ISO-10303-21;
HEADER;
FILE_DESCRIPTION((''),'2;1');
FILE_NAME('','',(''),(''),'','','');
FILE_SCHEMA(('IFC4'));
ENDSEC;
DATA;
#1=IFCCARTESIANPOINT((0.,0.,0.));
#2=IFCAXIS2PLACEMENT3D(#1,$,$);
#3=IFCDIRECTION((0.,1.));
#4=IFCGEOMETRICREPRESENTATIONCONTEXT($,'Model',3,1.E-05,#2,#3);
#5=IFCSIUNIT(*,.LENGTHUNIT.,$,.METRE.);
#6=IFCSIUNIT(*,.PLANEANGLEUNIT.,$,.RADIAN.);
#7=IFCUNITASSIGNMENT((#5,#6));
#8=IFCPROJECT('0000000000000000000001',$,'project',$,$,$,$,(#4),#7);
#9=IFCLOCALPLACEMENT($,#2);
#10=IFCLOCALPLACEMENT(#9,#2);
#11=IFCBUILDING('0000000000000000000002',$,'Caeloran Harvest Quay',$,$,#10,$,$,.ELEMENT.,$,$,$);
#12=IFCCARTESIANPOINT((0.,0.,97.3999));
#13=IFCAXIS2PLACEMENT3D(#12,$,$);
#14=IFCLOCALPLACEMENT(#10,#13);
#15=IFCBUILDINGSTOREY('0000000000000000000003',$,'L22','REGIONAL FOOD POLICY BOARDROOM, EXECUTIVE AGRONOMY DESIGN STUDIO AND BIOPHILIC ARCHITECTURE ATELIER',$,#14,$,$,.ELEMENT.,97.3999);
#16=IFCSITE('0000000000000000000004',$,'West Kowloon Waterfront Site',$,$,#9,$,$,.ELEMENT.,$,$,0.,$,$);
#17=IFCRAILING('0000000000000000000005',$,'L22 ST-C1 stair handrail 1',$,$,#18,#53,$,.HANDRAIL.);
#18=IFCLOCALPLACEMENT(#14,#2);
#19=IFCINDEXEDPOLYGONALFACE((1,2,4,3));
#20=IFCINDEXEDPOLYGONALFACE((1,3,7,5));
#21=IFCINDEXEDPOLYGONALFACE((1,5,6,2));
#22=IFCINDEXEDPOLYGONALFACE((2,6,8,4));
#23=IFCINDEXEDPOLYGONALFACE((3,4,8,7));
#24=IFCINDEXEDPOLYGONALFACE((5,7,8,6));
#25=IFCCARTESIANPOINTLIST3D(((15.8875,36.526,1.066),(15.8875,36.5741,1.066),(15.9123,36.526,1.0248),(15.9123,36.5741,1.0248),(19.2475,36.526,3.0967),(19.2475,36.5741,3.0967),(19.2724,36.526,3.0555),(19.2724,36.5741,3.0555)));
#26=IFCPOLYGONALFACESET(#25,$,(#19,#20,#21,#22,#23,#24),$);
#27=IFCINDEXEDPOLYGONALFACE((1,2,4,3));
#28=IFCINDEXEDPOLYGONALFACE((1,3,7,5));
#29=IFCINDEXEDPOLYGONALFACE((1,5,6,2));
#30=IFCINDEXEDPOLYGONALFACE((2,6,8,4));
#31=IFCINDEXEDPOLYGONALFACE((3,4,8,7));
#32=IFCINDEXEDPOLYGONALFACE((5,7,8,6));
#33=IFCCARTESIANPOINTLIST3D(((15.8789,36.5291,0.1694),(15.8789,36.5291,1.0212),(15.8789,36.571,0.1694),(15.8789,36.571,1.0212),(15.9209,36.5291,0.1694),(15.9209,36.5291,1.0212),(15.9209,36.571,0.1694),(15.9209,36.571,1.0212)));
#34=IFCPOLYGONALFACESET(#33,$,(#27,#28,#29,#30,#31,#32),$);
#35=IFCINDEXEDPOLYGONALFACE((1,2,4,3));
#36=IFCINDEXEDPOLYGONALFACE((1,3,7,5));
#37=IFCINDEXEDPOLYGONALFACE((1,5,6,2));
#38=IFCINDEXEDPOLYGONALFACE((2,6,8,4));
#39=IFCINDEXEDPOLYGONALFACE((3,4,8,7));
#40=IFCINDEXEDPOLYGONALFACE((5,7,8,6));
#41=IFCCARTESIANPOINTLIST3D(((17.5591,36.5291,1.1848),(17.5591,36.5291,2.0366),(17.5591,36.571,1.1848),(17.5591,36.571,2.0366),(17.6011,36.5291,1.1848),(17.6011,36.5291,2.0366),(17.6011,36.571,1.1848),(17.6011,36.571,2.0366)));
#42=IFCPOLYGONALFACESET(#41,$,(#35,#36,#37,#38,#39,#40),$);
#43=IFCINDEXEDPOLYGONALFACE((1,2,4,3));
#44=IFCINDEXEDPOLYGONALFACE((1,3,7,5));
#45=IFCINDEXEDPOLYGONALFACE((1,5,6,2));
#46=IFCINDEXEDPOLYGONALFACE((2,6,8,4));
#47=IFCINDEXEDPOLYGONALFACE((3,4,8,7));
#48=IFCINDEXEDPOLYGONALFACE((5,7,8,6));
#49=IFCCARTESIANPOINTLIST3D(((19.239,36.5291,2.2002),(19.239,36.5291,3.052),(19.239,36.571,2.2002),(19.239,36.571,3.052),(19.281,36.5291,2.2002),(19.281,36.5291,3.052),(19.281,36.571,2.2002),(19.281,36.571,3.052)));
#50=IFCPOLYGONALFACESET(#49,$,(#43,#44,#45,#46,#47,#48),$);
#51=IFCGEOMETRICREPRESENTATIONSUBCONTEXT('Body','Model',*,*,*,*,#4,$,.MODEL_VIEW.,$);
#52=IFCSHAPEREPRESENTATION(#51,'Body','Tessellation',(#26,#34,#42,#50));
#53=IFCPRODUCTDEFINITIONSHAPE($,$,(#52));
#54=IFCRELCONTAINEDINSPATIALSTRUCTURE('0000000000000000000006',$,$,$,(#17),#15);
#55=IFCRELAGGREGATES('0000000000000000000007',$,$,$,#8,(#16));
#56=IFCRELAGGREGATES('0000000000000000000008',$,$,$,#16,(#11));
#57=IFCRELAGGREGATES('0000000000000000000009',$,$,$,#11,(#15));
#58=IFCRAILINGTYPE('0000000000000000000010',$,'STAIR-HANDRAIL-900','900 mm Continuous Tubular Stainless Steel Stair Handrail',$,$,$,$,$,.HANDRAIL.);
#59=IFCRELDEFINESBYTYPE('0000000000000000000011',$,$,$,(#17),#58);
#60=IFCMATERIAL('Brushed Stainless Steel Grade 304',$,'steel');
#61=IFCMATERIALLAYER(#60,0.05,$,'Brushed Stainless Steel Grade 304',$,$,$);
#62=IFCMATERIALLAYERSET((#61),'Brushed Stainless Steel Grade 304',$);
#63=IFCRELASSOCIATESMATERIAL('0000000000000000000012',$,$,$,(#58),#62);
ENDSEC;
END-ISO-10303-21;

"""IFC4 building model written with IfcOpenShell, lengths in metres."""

from ifc_helpers import new_model, si_unit, direction, frame, origin, origin_2d, place, context, subcontext, project, spatial, rectangle, extrude, material, layer, layer_set, type_object, element, save


model = new_model("IFC4")

# Units and contexts
model_context = context("Model", 3, precision=1e-05, world=origin(), true_north=direction((0.0, 1.0)))
body_context = subcontext(model_context, "Body", "Model", "MODEL_VIEW")
ifc_project = project(units=[si_unit("LENGTHUNIT", "METRE"), si_unit("PLANEANGLEUNIT", "RADIAN")], contexts=[model_context])

# Site, building, storey
site_placement = place(None, origin())
site = spatial("IfcSite", under=ifc_project, at=site_placement, Name="West Kowloon Waterfront Site", CompositionType="ELEMENT", RefElevation=0.0)
building_placement = place(site_placement, origin())
building = spatial("IfcBuilding", under=site, at=building_placement, Name="Caeloran Harvest Quay", CompositionType="ELEMENT")
storey_placement = place(building_placement, frame((0.0, 0.0, 97.3999)))
storey = spatial("IfcBuildingStorey", under=building, at=storey_placement, Name="L22", Description="REGIONAL FOOD POLICY BOARDROOM, EXECUTIVE AGRONOMY DESIGN STUDIO AND BIOPHILIC ARCHITECTURE ATELIER", CompositionType="ELEMENT", Elevation=97.3999)

# Railing
ifc_material_1 = material(Name="Brushed Stainless Steel Grade 304", Category="steel")
ifc_layer_1 = layer(ifc_material_1, 0.05, Name="Brushed Stainless Steel Grade 304")
ifc_layer_set_1 = layer_set([ifc_layer_1], Name="Brushed Stainless Steel Grade 304")
railing_type_1 = type_object("IfcRailingType", Name="STAIR-HANDRAIL-900", Description="900 mm Continuous Tubular Stainless Steel Stair Handrail", PredefinedType="HANDRAIL", material=ifc_layer_set_1)
railing_1_placement = place(storey_placement, frame((15.8999, 36.55, 0.1694)))
element("IfcRailing", 1, at=railing_1_placement, inside=storey, type_object=railing_type_1, Name="L22 ST-C1 stair handrail 1", PredefinedType="HANDRAIL", context=body_context, shape_type="SweptSolid", body=[
    extrude(rectangle(XDim=0.0481, YDim=0.0481, at=origin_2d()), frame((0.0, 0.0, 0.876), z_axis=(0.855837, 0.0, 0.517246), x_axis=(0.0, 1.0, 0.0)), (0.0, 0.0, 1.0), 3.926),
    extrude(rectangle(XDim=0.042, YDim=0.042, at=origin_2d()), origin(), (0.0, 0.0, 1.0), 0.8518),
    extrude(rectangle(XDim=0.042, YDim=0.042, at=origin_2d()), frame((1.6802, 0.0, 1.0154)), (0.0, 0.0, 1.0), 0.8518),
    extrude(rectangle(XDim=0.042, YDim=0.042, at=origin_2d()), frame((3.3601, 0.0, 2.0308)), (0.0, 0.0, 1.0), 0.8518),
])

save(model, "model.ifc")
